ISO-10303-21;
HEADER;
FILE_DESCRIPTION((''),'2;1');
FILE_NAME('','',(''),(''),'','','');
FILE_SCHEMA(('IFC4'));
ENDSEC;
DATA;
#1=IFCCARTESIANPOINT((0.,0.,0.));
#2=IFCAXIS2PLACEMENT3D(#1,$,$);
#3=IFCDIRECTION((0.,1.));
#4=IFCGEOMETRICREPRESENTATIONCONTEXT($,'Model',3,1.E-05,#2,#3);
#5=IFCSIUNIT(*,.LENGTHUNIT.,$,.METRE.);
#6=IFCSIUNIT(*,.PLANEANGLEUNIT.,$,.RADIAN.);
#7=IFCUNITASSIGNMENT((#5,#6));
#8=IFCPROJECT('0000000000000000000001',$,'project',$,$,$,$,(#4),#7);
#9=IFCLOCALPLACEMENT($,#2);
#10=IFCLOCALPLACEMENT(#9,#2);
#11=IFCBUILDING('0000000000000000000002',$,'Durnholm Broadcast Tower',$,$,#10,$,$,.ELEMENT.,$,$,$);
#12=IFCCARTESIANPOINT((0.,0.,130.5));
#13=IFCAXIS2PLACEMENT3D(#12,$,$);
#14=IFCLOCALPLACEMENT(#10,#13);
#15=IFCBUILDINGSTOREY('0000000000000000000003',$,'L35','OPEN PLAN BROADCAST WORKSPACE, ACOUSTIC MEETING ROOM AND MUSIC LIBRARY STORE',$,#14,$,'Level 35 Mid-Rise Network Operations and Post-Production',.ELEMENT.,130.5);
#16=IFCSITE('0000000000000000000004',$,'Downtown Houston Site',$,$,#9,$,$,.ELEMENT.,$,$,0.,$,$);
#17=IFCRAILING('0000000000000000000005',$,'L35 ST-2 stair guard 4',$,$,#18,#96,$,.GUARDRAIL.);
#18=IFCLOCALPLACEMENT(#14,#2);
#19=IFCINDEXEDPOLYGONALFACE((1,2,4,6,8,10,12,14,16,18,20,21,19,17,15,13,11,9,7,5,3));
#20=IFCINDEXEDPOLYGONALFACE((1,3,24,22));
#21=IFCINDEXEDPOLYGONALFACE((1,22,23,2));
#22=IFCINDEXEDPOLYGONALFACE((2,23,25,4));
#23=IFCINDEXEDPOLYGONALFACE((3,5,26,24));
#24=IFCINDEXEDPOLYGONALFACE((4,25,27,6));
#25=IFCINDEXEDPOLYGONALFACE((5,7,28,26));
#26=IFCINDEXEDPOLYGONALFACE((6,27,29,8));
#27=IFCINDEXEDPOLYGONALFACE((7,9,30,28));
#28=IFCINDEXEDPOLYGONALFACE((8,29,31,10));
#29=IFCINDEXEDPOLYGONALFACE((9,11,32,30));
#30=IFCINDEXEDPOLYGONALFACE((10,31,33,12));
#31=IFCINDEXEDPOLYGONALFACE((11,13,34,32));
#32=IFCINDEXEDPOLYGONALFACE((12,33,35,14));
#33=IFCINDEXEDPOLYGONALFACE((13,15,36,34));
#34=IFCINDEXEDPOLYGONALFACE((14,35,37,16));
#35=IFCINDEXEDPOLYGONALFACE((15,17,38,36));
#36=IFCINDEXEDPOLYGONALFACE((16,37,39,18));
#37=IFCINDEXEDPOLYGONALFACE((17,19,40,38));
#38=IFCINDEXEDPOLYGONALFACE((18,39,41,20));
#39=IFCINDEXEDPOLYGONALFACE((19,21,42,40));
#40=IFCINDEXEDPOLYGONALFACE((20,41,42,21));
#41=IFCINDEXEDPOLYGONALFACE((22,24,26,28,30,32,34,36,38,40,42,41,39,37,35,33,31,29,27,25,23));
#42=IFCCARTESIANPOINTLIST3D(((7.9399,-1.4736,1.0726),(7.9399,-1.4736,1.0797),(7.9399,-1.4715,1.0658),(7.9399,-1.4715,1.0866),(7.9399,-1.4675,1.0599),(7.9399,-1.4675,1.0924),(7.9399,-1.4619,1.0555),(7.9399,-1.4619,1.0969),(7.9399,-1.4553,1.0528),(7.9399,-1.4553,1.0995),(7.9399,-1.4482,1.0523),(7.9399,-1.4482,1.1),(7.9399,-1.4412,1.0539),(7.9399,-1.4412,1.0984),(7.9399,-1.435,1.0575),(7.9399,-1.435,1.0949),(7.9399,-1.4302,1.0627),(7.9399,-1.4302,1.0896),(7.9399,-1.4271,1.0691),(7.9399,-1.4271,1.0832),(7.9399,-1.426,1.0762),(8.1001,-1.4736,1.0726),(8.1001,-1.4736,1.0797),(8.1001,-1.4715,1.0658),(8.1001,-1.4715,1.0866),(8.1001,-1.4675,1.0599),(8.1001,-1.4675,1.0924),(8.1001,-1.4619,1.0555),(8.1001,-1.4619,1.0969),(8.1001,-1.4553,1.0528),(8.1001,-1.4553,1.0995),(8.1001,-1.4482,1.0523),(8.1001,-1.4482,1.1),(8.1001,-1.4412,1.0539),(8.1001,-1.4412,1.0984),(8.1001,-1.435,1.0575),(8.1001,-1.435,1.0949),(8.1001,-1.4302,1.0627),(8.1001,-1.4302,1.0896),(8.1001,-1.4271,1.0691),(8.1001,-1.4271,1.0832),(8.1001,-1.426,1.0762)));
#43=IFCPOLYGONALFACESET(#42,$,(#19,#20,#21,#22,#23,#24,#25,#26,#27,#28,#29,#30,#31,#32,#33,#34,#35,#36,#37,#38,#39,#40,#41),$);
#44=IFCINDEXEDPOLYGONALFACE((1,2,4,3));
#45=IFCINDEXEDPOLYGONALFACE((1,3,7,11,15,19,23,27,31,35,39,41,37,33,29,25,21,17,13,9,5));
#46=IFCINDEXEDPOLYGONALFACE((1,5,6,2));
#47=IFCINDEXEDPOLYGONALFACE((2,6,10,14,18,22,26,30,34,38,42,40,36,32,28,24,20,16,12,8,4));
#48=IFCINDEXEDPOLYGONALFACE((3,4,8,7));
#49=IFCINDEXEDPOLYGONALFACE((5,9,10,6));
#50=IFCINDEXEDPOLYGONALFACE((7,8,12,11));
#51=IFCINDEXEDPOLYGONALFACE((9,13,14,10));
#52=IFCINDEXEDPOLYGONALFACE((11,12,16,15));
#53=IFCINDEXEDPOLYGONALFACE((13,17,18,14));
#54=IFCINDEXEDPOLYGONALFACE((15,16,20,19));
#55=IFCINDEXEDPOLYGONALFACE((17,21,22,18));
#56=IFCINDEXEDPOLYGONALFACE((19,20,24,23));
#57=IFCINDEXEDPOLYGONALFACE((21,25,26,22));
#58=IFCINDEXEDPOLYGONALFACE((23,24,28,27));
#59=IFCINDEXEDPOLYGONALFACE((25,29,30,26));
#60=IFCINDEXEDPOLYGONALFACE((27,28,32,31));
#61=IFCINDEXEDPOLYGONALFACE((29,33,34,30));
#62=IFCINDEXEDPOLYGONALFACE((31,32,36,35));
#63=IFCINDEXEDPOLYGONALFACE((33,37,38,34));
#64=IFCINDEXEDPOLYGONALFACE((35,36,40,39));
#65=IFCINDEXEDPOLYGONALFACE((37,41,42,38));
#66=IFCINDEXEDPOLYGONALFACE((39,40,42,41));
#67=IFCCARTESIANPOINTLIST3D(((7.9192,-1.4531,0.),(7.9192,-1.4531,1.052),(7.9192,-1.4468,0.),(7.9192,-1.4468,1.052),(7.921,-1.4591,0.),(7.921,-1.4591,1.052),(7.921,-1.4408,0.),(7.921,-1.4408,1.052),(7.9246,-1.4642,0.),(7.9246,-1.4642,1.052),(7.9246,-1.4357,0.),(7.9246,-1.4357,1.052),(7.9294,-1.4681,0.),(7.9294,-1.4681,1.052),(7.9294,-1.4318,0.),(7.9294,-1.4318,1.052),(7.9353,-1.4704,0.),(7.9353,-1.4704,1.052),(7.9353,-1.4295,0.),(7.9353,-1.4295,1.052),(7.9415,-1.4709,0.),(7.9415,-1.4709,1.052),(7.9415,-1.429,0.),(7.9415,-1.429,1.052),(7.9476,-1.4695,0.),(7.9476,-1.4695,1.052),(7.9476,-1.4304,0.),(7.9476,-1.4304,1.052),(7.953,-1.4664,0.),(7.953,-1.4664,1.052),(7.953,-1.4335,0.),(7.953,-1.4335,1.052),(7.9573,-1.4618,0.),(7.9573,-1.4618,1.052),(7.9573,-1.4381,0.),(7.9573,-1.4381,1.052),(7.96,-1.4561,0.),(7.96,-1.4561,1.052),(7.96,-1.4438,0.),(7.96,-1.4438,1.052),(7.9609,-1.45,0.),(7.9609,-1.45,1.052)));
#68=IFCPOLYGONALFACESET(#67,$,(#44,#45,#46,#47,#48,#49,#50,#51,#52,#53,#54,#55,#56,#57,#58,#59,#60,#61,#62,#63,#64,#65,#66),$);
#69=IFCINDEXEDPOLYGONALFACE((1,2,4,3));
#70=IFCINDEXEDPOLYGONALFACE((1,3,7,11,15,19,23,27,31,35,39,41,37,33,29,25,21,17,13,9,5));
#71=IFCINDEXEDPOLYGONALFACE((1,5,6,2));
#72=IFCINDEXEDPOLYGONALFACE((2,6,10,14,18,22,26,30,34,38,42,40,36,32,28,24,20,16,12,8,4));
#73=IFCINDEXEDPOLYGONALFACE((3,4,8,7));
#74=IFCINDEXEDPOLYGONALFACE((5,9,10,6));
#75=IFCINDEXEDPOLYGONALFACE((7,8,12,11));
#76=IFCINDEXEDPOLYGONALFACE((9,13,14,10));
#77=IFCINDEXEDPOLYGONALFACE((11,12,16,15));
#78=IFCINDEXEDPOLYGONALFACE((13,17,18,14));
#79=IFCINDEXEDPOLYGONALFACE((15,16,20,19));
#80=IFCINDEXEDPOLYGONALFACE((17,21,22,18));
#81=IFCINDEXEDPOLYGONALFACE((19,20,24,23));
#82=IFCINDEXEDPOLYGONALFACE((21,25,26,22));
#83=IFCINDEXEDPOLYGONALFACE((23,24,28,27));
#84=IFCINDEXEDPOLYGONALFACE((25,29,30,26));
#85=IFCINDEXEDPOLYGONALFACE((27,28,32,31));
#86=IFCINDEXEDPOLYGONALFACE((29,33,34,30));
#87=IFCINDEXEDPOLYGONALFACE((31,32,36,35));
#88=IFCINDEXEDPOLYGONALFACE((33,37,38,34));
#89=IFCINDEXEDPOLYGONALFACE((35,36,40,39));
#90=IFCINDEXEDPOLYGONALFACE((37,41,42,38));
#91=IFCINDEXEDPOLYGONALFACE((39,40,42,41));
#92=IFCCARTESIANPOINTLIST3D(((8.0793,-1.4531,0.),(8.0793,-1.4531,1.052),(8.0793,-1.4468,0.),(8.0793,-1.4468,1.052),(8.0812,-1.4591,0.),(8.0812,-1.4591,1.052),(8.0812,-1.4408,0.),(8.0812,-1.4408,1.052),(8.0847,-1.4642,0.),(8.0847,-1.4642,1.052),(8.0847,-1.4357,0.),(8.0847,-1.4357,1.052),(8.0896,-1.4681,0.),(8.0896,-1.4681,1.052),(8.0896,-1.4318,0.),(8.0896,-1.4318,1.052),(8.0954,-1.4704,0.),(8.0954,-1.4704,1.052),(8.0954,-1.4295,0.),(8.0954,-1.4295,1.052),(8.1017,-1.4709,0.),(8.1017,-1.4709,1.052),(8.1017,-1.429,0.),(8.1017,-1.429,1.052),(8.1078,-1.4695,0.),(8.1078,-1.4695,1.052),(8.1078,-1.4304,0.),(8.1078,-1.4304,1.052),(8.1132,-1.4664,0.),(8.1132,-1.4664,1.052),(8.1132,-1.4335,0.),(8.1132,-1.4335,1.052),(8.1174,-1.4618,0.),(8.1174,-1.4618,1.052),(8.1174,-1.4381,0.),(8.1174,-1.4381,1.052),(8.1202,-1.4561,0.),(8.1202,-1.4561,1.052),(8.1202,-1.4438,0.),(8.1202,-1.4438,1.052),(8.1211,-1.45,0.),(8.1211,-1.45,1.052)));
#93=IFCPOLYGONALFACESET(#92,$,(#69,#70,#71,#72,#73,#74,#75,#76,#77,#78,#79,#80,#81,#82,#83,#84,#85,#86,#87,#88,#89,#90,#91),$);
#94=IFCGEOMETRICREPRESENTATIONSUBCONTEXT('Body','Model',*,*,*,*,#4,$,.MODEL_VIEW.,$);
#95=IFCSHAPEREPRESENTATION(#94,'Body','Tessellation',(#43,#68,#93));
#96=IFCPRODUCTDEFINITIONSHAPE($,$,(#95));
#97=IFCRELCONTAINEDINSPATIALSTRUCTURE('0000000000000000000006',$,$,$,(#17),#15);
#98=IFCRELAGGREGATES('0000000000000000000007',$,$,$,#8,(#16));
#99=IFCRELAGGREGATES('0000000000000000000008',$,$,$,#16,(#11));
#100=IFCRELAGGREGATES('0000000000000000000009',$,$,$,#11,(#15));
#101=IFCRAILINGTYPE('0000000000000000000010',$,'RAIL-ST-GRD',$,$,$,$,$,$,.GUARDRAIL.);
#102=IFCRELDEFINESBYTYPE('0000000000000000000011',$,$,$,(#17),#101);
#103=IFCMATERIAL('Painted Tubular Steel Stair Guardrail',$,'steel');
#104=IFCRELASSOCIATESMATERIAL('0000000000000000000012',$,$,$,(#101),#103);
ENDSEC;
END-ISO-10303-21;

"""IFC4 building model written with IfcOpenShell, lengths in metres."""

from ifc_helpers import new_model, si_unit, direction, frame, origin, origin_2d, place, context, subcontext, project, spatial, circle, extrude, material, type_object, element, save


model = new_model("IFC4")

# Units and contexts
model_context = context("Model", 3, precision=1e-05, world=origin(), true_north=direction((0.0, 1.0)))
body_context = subcontext(model_context, "Body", "Model", "MODEL_VIEW")
ifc_project = project(units=[si_unit("LENGTHUNIT", "METRE"), si_unit("PLANEANGLEUNIT", "RADIAN")], contexts=[model_context])

# Site, building, storey
site_placement = place(None, origin())
site = spatial("IfcSite", under=ifc_project, at=site_placement, Name="Downtown Houston Site", CompositionType="ELEMENT", RefElevation=0.0)
building_placement = place(site_placement, origin())
building = spatial("IfcBuilding", under=site, at=building_placement, Name="Durnholm Broadcast Tower", CompositionType="ELEMENT")
storey_placement = place(building_placement, frame((0.0, 0.0, 130.5)))
storey = spatial("IfcBuildingStorey", under=building, at=storey_placement, Name="L35", Description="OPEN PLAN BROADCAST WORKSPACE, ACOUSTIC MEETING ROOM AND MUSIC LIBRARY STORE", LongName="Level 35 Mid-Rise Network Operations and Post-Production", CompositionType="ELEMENT", Elevation=130.5)

# Railing
ifc_material_1 = material(Name="Painted Tubular Steel Stair Guardrail", Category="steel")
railing_type_1 = type_object("IfcRailingType", Name="RAIL-ST-GRD", PredefinedType="GUARDRAIL", material=ifc_material_1)
railing_1_placement = place(storey_placement, frame((7.9399, -1.45, 0.0)))
element("IfcRailing", 1, at=railing_1_placement, inside=storey, type_object=railing_type_1, Name="L35 ST-2 stair guard 4", PredefinedType="GUARDRAIL", context=body_context, shape_type="SweptSolid", body=[
    extrude(circle(Radius=0.0239, at=origin_2d()), frame((0.0, 0.0, 1.0762), z_axis=(1.0, 0.0, 0.0), x_axis=(0.0, 1.0, 0.0)), (0.0, 0.0, 1.0), 0.1602),
    extrude(circle(Radius=0.021, at=origin_2d()), origin(), (0.0, 0.0, 1.0), 1.052),
    extrude(circle(Radius=0.021, at=origin_2d()), frame((0.1602, 0.0, 0.0)), (0.0, 0.0, 1.0), 1.052),
])

save(model, "model.ifc")
